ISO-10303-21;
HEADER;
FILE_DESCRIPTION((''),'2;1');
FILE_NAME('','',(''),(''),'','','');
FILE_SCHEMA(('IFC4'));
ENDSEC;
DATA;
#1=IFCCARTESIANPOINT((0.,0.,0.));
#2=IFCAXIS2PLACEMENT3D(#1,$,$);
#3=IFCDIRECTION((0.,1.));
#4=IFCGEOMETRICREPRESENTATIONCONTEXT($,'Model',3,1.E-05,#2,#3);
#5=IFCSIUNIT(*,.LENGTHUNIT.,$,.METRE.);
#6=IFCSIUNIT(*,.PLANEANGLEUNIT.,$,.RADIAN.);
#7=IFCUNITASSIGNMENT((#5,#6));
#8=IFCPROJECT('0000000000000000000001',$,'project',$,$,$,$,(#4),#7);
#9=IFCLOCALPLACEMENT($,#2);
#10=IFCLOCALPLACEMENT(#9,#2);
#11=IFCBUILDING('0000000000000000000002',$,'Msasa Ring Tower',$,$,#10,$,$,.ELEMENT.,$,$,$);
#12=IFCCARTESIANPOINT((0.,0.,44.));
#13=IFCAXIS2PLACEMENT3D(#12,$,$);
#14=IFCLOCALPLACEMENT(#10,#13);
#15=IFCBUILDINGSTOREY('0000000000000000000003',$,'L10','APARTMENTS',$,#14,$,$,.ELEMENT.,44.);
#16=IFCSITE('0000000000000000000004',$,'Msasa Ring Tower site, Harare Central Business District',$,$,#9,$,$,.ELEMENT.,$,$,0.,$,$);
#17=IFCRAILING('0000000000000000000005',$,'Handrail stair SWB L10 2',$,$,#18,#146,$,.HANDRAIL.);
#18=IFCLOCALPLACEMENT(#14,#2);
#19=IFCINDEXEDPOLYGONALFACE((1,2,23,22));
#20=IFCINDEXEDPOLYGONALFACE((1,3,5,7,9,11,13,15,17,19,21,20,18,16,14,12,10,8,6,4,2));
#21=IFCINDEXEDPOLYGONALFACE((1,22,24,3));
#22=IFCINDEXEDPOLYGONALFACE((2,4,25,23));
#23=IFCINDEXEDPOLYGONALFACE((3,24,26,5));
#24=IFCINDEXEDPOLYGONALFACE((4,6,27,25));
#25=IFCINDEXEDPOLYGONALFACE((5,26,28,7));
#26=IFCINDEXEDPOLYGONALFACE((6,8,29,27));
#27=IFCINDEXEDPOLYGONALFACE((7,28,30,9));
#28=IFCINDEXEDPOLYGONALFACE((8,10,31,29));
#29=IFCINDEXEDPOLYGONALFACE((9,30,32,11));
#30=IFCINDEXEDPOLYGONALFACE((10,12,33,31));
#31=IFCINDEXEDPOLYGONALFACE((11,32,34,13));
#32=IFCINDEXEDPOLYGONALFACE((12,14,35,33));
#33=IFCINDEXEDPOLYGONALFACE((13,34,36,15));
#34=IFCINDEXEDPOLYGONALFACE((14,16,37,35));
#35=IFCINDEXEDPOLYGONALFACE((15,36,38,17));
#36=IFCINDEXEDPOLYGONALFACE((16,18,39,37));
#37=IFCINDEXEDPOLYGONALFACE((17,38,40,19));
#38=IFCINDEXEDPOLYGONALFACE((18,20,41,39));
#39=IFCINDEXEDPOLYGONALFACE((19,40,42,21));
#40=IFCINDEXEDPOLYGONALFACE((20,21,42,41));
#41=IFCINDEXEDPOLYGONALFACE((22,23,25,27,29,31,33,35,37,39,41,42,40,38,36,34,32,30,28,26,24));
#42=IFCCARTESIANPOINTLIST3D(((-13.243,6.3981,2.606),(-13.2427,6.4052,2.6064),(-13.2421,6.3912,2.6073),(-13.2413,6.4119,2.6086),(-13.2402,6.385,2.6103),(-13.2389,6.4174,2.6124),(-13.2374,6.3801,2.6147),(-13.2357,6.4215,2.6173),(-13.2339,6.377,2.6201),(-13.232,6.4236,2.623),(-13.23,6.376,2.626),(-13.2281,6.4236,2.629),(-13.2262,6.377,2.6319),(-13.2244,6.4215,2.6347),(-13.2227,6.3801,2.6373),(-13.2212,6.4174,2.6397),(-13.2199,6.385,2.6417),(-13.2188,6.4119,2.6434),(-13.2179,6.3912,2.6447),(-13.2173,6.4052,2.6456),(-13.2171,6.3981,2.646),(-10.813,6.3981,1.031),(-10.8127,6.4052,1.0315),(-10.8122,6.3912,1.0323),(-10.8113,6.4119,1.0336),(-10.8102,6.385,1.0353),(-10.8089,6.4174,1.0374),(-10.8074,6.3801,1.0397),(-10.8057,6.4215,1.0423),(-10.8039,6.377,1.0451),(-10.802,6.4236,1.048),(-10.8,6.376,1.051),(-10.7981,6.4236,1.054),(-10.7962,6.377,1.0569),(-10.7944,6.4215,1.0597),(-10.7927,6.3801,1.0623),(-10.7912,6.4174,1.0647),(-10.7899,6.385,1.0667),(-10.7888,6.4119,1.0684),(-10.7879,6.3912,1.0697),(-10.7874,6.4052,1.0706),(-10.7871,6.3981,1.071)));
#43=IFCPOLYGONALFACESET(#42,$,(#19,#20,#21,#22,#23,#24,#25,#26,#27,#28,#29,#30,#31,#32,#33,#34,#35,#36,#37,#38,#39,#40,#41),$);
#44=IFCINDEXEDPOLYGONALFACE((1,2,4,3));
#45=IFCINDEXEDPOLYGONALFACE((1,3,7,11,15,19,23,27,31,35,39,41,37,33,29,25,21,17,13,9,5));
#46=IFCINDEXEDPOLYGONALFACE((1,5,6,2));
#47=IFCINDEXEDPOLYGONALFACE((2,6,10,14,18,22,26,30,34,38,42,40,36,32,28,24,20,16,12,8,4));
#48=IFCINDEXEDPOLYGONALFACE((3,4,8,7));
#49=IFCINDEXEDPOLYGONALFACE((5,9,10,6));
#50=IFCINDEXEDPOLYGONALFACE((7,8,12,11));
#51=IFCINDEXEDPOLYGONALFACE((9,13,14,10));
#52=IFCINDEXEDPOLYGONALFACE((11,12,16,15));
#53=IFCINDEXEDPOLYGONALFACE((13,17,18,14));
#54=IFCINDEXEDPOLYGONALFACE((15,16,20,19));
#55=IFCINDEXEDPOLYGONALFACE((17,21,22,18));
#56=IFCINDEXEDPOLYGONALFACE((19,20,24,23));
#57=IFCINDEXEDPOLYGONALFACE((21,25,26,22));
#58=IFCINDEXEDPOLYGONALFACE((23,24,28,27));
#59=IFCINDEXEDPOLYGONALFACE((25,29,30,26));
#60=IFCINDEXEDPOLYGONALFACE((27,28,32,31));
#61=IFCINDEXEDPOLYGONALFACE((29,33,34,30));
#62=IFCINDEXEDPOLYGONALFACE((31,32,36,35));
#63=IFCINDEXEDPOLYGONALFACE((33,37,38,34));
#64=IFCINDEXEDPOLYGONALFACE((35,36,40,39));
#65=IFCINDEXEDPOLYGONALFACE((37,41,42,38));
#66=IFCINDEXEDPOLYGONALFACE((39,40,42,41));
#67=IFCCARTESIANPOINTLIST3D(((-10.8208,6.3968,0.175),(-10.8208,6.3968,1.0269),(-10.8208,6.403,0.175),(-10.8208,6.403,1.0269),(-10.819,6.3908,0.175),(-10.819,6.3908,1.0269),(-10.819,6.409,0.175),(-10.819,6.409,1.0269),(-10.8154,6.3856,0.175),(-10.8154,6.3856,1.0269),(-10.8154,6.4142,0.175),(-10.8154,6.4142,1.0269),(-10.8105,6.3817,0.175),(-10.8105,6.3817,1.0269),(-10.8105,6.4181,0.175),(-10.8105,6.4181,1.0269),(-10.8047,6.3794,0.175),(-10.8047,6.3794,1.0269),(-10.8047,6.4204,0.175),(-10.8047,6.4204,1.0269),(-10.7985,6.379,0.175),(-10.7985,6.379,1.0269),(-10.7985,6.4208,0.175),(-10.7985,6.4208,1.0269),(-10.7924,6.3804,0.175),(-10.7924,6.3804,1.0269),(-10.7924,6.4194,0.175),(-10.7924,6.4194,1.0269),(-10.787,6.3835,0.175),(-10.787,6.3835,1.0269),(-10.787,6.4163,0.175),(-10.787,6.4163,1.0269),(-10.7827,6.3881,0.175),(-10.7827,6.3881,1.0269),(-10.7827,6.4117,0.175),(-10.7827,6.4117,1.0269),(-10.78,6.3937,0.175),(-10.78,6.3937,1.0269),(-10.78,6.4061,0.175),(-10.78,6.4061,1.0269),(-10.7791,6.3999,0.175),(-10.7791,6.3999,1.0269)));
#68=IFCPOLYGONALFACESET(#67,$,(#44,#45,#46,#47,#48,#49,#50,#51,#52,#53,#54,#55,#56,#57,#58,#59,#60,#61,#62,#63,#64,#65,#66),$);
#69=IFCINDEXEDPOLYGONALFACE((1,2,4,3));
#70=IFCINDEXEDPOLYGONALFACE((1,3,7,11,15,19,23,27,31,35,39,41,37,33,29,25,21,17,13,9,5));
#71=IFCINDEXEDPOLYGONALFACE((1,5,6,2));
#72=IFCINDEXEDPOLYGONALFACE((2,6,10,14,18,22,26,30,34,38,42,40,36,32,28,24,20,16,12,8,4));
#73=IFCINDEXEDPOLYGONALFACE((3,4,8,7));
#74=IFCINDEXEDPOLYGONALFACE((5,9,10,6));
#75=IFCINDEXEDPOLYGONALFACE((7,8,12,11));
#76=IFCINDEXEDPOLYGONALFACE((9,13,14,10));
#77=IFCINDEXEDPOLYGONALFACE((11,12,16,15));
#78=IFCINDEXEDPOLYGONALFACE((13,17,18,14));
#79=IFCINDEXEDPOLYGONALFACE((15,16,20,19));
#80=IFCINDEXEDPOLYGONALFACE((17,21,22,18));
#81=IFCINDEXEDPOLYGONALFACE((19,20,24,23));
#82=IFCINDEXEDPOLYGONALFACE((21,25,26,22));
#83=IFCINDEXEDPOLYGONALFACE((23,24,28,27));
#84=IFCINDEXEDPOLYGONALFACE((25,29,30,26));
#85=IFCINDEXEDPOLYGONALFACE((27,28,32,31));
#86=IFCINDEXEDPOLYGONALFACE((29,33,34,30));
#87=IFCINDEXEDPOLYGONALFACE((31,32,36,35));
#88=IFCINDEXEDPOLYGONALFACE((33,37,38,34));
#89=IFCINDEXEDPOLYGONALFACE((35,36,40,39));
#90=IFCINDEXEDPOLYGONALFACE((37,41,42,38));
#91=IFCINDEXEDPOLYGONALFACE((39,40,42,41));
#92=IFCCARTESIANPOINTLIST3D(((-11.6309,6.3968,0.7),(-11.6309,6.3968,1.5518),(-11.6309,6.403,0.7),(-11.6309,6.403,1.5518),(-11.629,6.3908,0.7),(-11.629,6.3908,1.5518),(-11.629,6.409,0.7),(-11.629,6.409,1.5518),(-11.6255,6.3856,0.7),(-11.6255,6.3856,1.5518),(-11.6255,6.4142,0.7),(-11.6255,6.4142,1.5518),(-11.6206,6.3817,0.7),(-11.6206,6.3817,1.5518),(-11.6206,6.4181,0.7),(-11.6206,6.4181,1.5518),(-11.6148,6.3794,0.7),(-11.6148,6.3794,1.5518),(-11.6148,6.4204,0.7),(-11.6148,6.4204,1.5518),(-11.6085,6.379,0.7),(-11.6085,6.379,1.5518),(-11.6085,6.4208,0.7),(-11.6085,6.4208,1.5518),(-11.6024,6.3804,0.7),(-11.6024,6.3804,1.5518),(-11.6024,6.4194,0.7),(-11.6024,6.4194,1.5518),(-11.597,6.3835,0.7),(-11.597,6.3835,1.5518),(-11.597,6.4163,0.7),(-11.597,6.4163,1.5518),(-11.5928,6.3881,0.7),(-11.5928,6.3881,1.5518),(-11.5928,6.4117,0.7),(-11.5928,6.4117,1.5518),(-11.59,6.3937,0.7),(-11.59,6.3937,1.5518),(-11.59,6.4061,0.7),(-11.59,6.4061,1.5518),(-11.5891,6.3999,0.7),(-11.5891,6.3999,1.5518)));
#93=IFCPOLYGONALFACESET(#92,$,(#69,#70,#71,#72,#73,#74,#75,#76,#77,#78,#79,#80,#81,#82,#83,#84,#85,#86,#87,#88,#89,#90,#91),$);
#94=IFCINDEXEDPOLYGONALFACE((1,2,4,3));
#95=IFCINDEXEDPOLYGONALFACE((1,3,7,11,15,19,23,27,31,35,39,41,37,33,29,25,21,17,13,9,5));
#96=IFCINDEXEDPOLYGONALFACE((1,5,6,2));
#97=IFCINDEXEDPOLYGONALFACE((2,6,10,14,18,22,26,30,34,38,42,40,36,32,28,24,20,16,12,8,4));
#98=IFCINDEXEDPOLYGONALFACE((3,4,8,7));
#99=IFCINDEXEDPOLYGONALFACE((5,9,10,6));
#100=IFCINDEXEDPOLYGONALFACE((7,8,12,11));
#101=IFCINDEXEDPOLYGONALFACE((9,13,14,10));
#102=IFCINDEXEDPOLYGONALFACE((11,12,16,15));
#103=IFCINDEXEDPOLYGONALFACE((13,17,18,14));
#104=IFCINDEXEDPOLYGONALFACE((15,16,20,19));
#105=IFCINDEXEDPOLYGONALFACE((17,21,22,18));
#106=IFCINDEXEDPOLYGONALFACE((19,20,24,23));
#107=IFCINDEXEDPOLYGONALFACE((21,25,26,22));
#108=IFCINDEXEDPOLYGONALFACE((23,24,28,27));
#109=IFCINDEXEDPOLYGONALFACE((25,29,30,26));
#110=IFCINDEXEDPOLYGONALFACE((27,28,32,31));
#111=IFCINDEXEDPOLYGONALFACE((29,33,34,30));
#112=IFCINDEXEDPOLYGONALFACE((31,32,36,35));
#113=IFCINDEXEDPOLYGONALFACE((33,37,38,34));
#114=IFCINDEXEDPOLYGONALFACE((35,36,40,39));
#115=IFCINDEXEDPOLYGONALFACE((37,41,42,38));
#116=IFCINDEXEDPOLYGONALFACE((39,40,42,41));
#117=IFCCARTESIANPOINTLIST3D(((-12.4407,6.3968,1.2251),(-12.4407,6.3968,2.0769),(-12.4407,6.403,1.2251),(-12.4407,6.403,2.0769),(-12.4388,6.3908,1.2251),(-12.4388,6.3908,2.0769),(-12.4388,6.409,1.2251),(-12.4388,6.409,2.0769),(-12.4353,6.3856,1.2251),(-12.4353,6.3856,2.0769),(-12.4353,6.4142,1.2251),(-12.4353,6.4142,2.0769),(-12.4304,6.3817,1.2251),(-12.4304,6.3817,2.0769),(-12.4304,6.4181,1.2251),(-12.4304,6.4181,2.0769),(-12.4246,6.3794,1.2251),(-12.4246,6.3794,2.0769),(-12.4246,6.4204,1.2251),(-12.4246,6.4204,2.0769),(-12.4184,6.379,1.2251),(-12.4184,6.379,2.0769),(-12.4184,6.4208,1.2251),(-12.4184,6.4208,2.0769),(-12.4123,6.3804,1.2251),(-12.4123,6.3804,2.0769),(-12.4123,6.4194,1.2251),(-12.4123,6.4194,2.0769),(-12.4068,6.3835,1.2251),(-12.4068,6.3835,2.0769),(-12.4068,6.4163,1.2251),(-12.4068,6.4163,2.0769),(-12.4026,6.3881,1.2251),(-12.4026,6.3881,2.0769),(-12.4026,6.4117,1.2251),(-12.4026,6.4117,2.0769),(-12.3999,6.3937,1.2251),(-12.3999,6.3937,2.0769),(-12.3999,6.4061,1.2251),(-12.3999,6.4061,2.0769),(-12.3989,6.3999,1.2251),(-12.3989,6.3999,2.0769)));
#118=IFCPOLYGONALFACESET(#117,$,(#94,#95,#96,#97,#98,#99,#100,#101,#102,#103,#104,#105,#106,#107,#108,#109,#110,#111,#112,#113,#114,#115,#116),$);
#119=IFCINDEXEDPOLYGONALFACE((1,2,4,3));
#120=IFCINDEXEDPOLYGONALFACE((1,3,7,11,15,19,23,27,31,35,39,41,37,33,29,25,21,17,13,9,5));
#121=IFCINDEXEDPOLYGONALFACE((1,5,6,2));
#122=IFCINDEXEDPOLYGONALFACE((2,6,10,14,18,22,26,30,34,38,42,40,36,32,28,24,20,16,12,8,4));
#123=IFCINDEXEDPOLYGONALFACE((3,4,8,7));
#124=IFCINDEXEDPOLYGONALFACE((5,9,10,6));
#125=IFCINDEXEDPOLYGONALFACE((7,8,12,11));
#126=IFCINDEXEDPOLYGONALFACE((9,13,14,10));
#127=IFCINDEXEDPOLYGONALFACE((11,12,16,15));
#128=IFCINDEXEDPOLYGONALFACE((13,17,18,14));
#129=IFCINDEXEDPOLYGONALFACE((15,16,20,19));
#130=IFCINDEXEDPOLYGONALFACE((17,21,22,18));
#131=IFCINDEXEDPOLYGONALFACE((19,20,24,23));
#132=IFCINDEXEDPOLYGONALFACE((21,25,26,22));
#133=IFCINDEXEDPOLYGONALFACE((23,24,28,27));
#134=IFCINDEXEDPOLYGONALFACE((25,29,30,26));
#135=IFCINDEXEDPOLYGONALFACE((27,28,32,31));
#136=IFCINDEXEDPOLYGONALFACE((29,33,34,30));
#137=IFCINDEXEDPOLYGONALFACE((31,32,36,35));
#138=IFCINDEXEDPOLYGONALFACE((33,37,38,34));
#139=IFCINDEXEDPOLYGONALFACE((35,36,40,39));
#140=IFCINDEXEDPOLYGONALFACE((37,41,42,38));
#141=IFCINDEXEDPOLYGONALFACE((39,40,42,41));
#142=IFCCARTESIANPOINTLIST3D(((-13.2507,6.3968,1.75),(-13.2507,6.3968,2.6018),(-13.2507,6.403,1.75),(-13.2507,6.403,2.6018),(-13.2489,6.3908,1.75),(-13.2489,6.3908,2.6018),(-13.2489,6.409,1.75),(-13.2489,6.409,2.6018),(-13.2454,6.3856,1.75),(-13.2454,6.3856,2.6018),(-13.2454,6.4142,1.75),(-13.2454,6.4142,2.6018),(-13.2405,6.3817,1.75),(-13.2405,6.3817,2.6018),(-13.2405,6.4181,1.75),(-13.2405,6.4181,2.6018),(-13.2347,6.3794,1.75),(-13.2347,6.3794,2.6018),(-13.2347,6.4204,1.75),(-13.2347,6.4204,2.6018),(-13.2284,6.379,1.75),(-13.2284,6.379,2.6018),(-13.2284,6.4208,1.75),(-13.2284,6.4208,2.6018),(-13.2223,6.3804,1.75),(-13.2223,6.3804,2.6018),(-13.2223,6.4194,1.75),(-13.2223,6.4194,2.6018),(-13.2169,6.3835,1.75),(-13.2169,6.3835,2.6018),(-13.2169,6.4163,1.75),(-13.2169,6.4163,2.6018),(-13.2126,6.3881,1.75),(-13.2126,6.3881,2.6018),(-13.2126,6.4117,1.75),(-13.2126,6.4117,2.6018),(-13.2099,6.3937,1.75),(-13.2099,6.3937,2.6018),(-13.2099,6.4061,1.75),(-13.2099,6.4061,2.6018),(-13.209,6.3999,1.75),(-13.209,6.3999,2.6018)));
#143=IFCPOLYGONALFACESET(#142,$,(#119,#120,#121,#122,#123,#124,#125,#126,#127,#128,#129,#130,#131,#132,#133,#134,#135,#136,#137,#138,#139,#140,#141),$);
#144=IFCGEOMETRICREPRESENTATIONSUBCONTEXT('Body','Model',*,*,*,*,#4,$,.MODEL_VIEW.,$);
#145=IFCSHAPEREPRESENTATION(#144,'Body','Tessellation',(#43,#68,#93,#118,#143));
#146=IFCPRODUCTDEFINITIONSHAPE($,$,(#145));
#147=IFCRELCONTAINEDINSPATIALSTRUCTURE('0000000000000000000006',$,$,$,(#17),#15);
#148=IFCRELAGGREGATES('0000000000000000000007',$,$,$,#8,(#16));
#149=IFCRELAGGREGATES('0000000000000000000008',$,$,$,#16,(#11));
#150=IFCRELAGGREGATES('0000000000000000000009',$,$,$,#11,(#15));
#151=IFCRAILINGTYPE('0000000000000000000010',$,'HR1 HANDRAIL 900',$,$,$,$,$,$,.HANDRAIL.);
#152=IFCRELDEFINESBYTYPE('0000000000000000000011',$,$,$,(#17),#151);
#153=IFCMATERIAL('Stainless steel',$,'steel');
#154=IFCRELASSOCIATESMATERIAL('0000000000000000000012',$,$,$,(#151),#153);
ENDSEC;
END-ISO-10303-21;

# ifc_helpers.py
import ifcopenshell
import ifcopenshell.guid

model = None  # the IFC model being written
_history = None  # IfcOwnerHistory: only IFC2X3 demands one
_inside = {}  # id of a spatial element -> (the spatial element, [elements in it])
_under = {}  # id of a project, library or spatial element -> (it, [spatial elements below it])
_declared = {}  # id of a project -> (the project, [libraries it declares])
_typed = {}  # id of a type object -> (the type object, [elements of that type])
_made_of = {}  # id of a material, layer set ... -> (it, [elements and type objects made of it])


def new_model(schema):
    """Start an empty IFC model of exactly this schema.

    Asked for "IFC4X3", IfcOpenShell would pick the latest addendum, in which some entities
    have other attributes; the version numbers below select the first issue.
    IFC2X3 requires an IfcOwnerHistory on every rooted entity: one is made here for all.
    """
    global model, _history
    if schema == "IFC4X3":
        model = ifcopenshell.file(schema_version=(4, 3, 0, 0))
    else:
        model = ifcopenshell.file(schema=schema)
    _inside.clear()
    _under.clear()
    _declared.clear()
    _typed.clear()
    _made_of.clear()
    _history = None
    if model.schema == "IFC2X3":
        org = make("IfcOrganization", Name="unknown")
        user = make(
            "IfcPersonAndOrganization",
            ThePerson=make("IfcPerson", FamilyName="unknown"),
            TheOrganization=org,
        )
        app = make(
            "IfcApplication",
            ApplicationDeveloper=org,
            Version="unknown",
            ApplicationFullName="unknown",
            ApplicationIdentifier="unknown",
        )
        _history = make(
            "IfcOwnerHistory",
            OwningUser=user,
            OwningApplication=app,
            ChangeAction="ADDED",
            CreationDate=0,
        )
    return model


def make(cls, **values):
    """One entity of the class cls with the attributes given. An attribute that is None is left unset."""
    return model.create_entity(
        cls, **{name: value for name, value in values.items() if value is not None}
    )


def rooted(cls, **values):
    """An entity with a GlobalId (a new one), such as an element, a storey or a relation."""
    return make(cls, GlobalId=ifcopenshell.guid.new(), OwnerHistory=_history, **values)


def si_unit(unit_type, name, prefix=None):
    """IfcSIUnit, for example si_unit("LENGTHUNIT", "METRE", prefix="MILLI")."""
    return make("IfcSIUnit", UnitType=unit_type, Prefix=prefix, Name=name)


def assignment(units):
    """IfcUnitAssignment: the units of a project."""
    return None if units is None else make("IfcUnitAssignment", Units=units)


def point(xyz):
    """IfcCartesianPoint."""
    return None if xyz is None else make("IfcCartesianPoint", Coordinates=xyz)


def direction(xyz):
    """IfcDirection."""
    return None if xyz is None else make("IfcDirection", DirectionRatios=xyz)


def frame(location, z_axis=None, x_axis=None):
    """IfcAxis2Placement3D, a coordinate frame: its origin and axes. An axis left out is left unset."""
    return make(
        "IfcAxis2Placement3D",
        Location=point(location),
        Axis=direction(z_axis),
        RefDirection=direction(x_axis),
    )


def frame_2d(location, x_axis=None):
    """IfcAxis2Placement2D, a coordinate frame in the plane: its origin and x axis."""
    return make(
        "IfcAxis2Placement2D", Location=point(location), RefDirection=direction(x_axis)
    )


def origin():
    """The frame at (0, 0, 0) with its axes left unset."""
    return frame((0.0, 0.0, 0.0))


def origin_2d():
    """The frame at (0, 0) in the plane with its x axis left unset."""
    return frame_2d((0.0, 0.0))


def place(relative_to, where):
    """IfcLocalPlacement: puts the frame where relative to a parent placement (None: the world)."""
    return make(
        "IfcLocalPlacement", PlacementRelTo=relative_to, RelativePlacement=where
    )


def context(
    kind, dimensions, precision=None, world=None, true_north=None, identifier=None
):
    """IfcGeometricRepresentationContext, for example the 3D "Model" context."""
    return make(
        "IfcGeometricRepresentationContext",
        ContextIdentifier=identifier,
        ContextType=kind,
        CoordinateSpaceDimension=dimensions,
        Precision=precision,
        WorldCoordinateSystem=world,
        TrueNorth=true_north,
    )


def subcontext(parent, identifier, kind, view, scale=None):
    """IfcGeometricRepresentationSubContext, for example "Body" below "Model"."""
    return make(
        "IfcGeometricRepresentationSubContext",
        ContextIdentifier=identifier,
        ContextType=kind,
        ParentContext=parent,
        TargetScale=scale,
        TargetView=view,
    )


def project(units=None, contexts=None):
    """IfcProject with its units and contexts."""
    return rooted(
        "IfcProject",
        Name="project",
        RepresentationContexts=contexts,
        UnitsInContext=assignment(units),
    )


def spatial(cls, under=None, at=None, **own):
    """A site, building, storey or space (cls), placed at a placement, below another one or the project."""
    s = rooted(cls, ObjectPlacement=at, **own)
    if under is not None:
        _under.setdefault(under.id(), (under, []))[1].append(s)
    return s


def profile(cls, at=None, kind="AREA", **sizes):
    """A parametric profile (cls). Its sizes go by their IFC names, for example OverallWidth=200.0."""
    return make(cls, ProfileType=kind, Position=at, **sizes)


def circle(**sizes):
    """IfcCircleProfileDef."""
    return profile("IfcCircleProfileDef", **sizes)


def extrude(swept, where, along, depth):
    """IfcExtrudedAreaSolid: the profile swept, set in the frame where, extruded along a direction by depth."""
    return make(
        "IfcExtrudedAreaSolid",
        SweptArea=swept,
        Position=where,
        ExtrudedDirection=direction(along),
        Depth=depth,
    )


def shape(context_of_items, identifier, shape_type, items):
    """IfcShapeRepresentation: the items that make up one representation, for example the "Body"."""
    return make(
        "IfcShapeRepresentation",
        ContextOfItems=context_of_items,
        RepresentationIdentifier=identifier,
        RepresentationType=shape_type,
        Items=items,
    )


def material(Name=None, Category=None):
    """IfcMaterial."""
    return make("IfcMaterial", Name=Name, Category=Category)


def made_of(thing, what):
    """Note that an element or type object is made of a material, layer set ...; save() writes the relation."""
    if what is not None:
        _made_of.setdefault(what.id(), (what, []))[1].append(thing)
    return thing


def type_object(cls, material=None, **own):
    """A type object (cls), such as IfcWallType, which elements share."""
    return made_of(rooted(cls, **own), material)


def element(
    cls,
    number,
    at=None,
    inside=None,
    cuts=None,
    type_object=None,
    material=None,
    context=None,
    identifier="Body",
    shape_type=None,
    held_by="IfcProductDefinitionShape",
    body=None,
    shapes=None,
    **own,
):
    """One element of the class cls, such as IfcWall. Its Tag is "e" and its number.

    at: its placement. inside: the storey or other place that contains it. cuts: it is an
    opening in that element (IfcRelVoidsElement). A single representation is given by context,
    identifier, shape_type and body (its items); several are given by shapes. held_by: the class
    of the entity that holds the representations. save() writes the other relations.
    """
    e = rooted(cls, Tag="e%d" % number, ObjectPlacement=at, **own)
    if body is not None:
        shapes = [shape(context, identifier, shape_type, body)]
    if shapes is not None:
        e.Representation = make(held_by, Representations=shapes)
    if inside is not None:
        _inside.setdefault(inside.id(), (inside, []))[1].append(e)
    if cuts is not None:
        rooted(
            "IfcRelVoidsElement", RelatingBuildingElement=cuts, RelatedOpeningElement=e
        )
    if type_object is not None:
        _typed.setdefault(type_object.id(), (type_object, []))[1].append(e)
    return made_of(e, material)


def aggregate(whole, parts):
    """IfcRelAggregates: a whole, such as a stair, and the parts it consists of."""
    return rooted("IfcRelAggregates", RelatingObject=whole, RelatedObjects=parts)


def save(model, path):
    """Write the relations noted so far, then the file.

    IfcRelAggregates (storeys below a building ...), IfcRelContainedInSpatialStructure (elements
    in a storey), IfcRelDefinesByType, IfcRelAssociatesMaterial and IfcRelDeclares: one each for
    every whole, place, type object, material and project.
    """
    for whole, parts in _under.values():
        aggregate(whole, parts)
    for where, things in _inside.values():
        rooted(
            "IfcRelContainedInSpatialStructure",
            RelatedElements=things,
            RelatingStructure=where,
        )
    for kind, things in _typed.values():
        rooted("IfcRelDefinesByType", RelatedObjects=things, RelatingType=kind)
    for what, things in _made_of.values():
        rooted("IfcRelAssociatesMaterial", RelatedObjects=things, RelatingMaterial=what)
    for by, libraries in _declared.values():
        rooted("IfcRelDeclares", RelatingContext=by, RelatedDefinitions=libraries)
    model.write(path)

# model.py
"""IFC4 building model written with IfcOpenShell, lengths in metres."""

from ifc_helpers import new_model, si_unit, direction, frame, origin, origin_2d, place, context, subcontext, project, spatial, circle, extrude, material, type_object, element, save


model = new_model("IFC4")

# Units and contexts
model_context = context("Model", 3, precision=1e-05, world=origin(), true_north=direction((0.0, 1.0)))
body_context = subcontext(model_context, "Body", "Model", "MODEL_VIEW")
ifc_project = project(units=[si_unit("LENGTHUNIT", "METRE"), si_unit("PLANEANGLEUNIT", "RADIAN")], contexts=[model_context])

# Site, building, storey
site_placement = place(None, origin())
site = spatial("IfcSite", under=ifc_project, at=site_placement, Name="Msasa Ring Tower site, Harare Central Business District", CompositionType="ELEMENT", RefElevation=0.0)
building_placement = place(site_placement, origin())
building = spatial("IfcBuilding", under=site, at=building_placement, Name="Msasa Ring Tower", CompositionType="ELEMENT")
storey_placement = place(building_placement, frame((0.0, 0.0, 44.0)))
storey = spatial("IfcBuildingStorey", under=building, at=storey_placement, Name="L10", Description="APARTMENTS", CompositionType="ELEMENT", Elevation=44.0)

# Railing
ifc_material_1 = material(Name="Stainless steel", Category="steel")
railing_type = type_object("IfcRailingType", Name="HR1 HANDRAIL 900", PredefinedType="HANDRAIL", material=ifc_material_1)
for number, where, name in (
    (1, (-10.8, 6.3999, 0.175), "Handrail stair SWB L10 2"),
):
    element("IfcRailing", number, at=place(storey_placement, frame(where)), inside=storey, type_object=railing_type, Name=name, PredefinedType="HANDRAIL", context=body_context, shape_type="SweptSolid", body=[
        extrude(circle(Radius=0.0239, at=origin_2d()), frame((0.0, 0.0, 0.876), z_axis=(-0.839154, 0.0, 0.543894), x_axis=(0.0, -1.0, 0.0)), (0.0, 0.0, 1.0), 2.8958),
        extrude(circle(Radius=0.021, at=origin_2d()), origin(), (0.0, 0.0, 1.0), 0.8518),
        extrude(circle(Radius=0.021, at=origin_2d()), frame((-0.8101, 0.0, 0.5249)), (0.0, 0.0, 1.0), 0.8518),
        extrude(circle(Radius=0.021, at=origin_2d()), frame((-1.6199, 0.0, 1.05)), (0.0, 0.0, 1.0), 0.8518),
        extrude(circle(Radius=0.021, at=origin_2d()), frame((-2.4299, 0.0, 1.575)), (0.0, 0.0, 1.0), 0.8518),
    ])

save(model, "model.ifc")
